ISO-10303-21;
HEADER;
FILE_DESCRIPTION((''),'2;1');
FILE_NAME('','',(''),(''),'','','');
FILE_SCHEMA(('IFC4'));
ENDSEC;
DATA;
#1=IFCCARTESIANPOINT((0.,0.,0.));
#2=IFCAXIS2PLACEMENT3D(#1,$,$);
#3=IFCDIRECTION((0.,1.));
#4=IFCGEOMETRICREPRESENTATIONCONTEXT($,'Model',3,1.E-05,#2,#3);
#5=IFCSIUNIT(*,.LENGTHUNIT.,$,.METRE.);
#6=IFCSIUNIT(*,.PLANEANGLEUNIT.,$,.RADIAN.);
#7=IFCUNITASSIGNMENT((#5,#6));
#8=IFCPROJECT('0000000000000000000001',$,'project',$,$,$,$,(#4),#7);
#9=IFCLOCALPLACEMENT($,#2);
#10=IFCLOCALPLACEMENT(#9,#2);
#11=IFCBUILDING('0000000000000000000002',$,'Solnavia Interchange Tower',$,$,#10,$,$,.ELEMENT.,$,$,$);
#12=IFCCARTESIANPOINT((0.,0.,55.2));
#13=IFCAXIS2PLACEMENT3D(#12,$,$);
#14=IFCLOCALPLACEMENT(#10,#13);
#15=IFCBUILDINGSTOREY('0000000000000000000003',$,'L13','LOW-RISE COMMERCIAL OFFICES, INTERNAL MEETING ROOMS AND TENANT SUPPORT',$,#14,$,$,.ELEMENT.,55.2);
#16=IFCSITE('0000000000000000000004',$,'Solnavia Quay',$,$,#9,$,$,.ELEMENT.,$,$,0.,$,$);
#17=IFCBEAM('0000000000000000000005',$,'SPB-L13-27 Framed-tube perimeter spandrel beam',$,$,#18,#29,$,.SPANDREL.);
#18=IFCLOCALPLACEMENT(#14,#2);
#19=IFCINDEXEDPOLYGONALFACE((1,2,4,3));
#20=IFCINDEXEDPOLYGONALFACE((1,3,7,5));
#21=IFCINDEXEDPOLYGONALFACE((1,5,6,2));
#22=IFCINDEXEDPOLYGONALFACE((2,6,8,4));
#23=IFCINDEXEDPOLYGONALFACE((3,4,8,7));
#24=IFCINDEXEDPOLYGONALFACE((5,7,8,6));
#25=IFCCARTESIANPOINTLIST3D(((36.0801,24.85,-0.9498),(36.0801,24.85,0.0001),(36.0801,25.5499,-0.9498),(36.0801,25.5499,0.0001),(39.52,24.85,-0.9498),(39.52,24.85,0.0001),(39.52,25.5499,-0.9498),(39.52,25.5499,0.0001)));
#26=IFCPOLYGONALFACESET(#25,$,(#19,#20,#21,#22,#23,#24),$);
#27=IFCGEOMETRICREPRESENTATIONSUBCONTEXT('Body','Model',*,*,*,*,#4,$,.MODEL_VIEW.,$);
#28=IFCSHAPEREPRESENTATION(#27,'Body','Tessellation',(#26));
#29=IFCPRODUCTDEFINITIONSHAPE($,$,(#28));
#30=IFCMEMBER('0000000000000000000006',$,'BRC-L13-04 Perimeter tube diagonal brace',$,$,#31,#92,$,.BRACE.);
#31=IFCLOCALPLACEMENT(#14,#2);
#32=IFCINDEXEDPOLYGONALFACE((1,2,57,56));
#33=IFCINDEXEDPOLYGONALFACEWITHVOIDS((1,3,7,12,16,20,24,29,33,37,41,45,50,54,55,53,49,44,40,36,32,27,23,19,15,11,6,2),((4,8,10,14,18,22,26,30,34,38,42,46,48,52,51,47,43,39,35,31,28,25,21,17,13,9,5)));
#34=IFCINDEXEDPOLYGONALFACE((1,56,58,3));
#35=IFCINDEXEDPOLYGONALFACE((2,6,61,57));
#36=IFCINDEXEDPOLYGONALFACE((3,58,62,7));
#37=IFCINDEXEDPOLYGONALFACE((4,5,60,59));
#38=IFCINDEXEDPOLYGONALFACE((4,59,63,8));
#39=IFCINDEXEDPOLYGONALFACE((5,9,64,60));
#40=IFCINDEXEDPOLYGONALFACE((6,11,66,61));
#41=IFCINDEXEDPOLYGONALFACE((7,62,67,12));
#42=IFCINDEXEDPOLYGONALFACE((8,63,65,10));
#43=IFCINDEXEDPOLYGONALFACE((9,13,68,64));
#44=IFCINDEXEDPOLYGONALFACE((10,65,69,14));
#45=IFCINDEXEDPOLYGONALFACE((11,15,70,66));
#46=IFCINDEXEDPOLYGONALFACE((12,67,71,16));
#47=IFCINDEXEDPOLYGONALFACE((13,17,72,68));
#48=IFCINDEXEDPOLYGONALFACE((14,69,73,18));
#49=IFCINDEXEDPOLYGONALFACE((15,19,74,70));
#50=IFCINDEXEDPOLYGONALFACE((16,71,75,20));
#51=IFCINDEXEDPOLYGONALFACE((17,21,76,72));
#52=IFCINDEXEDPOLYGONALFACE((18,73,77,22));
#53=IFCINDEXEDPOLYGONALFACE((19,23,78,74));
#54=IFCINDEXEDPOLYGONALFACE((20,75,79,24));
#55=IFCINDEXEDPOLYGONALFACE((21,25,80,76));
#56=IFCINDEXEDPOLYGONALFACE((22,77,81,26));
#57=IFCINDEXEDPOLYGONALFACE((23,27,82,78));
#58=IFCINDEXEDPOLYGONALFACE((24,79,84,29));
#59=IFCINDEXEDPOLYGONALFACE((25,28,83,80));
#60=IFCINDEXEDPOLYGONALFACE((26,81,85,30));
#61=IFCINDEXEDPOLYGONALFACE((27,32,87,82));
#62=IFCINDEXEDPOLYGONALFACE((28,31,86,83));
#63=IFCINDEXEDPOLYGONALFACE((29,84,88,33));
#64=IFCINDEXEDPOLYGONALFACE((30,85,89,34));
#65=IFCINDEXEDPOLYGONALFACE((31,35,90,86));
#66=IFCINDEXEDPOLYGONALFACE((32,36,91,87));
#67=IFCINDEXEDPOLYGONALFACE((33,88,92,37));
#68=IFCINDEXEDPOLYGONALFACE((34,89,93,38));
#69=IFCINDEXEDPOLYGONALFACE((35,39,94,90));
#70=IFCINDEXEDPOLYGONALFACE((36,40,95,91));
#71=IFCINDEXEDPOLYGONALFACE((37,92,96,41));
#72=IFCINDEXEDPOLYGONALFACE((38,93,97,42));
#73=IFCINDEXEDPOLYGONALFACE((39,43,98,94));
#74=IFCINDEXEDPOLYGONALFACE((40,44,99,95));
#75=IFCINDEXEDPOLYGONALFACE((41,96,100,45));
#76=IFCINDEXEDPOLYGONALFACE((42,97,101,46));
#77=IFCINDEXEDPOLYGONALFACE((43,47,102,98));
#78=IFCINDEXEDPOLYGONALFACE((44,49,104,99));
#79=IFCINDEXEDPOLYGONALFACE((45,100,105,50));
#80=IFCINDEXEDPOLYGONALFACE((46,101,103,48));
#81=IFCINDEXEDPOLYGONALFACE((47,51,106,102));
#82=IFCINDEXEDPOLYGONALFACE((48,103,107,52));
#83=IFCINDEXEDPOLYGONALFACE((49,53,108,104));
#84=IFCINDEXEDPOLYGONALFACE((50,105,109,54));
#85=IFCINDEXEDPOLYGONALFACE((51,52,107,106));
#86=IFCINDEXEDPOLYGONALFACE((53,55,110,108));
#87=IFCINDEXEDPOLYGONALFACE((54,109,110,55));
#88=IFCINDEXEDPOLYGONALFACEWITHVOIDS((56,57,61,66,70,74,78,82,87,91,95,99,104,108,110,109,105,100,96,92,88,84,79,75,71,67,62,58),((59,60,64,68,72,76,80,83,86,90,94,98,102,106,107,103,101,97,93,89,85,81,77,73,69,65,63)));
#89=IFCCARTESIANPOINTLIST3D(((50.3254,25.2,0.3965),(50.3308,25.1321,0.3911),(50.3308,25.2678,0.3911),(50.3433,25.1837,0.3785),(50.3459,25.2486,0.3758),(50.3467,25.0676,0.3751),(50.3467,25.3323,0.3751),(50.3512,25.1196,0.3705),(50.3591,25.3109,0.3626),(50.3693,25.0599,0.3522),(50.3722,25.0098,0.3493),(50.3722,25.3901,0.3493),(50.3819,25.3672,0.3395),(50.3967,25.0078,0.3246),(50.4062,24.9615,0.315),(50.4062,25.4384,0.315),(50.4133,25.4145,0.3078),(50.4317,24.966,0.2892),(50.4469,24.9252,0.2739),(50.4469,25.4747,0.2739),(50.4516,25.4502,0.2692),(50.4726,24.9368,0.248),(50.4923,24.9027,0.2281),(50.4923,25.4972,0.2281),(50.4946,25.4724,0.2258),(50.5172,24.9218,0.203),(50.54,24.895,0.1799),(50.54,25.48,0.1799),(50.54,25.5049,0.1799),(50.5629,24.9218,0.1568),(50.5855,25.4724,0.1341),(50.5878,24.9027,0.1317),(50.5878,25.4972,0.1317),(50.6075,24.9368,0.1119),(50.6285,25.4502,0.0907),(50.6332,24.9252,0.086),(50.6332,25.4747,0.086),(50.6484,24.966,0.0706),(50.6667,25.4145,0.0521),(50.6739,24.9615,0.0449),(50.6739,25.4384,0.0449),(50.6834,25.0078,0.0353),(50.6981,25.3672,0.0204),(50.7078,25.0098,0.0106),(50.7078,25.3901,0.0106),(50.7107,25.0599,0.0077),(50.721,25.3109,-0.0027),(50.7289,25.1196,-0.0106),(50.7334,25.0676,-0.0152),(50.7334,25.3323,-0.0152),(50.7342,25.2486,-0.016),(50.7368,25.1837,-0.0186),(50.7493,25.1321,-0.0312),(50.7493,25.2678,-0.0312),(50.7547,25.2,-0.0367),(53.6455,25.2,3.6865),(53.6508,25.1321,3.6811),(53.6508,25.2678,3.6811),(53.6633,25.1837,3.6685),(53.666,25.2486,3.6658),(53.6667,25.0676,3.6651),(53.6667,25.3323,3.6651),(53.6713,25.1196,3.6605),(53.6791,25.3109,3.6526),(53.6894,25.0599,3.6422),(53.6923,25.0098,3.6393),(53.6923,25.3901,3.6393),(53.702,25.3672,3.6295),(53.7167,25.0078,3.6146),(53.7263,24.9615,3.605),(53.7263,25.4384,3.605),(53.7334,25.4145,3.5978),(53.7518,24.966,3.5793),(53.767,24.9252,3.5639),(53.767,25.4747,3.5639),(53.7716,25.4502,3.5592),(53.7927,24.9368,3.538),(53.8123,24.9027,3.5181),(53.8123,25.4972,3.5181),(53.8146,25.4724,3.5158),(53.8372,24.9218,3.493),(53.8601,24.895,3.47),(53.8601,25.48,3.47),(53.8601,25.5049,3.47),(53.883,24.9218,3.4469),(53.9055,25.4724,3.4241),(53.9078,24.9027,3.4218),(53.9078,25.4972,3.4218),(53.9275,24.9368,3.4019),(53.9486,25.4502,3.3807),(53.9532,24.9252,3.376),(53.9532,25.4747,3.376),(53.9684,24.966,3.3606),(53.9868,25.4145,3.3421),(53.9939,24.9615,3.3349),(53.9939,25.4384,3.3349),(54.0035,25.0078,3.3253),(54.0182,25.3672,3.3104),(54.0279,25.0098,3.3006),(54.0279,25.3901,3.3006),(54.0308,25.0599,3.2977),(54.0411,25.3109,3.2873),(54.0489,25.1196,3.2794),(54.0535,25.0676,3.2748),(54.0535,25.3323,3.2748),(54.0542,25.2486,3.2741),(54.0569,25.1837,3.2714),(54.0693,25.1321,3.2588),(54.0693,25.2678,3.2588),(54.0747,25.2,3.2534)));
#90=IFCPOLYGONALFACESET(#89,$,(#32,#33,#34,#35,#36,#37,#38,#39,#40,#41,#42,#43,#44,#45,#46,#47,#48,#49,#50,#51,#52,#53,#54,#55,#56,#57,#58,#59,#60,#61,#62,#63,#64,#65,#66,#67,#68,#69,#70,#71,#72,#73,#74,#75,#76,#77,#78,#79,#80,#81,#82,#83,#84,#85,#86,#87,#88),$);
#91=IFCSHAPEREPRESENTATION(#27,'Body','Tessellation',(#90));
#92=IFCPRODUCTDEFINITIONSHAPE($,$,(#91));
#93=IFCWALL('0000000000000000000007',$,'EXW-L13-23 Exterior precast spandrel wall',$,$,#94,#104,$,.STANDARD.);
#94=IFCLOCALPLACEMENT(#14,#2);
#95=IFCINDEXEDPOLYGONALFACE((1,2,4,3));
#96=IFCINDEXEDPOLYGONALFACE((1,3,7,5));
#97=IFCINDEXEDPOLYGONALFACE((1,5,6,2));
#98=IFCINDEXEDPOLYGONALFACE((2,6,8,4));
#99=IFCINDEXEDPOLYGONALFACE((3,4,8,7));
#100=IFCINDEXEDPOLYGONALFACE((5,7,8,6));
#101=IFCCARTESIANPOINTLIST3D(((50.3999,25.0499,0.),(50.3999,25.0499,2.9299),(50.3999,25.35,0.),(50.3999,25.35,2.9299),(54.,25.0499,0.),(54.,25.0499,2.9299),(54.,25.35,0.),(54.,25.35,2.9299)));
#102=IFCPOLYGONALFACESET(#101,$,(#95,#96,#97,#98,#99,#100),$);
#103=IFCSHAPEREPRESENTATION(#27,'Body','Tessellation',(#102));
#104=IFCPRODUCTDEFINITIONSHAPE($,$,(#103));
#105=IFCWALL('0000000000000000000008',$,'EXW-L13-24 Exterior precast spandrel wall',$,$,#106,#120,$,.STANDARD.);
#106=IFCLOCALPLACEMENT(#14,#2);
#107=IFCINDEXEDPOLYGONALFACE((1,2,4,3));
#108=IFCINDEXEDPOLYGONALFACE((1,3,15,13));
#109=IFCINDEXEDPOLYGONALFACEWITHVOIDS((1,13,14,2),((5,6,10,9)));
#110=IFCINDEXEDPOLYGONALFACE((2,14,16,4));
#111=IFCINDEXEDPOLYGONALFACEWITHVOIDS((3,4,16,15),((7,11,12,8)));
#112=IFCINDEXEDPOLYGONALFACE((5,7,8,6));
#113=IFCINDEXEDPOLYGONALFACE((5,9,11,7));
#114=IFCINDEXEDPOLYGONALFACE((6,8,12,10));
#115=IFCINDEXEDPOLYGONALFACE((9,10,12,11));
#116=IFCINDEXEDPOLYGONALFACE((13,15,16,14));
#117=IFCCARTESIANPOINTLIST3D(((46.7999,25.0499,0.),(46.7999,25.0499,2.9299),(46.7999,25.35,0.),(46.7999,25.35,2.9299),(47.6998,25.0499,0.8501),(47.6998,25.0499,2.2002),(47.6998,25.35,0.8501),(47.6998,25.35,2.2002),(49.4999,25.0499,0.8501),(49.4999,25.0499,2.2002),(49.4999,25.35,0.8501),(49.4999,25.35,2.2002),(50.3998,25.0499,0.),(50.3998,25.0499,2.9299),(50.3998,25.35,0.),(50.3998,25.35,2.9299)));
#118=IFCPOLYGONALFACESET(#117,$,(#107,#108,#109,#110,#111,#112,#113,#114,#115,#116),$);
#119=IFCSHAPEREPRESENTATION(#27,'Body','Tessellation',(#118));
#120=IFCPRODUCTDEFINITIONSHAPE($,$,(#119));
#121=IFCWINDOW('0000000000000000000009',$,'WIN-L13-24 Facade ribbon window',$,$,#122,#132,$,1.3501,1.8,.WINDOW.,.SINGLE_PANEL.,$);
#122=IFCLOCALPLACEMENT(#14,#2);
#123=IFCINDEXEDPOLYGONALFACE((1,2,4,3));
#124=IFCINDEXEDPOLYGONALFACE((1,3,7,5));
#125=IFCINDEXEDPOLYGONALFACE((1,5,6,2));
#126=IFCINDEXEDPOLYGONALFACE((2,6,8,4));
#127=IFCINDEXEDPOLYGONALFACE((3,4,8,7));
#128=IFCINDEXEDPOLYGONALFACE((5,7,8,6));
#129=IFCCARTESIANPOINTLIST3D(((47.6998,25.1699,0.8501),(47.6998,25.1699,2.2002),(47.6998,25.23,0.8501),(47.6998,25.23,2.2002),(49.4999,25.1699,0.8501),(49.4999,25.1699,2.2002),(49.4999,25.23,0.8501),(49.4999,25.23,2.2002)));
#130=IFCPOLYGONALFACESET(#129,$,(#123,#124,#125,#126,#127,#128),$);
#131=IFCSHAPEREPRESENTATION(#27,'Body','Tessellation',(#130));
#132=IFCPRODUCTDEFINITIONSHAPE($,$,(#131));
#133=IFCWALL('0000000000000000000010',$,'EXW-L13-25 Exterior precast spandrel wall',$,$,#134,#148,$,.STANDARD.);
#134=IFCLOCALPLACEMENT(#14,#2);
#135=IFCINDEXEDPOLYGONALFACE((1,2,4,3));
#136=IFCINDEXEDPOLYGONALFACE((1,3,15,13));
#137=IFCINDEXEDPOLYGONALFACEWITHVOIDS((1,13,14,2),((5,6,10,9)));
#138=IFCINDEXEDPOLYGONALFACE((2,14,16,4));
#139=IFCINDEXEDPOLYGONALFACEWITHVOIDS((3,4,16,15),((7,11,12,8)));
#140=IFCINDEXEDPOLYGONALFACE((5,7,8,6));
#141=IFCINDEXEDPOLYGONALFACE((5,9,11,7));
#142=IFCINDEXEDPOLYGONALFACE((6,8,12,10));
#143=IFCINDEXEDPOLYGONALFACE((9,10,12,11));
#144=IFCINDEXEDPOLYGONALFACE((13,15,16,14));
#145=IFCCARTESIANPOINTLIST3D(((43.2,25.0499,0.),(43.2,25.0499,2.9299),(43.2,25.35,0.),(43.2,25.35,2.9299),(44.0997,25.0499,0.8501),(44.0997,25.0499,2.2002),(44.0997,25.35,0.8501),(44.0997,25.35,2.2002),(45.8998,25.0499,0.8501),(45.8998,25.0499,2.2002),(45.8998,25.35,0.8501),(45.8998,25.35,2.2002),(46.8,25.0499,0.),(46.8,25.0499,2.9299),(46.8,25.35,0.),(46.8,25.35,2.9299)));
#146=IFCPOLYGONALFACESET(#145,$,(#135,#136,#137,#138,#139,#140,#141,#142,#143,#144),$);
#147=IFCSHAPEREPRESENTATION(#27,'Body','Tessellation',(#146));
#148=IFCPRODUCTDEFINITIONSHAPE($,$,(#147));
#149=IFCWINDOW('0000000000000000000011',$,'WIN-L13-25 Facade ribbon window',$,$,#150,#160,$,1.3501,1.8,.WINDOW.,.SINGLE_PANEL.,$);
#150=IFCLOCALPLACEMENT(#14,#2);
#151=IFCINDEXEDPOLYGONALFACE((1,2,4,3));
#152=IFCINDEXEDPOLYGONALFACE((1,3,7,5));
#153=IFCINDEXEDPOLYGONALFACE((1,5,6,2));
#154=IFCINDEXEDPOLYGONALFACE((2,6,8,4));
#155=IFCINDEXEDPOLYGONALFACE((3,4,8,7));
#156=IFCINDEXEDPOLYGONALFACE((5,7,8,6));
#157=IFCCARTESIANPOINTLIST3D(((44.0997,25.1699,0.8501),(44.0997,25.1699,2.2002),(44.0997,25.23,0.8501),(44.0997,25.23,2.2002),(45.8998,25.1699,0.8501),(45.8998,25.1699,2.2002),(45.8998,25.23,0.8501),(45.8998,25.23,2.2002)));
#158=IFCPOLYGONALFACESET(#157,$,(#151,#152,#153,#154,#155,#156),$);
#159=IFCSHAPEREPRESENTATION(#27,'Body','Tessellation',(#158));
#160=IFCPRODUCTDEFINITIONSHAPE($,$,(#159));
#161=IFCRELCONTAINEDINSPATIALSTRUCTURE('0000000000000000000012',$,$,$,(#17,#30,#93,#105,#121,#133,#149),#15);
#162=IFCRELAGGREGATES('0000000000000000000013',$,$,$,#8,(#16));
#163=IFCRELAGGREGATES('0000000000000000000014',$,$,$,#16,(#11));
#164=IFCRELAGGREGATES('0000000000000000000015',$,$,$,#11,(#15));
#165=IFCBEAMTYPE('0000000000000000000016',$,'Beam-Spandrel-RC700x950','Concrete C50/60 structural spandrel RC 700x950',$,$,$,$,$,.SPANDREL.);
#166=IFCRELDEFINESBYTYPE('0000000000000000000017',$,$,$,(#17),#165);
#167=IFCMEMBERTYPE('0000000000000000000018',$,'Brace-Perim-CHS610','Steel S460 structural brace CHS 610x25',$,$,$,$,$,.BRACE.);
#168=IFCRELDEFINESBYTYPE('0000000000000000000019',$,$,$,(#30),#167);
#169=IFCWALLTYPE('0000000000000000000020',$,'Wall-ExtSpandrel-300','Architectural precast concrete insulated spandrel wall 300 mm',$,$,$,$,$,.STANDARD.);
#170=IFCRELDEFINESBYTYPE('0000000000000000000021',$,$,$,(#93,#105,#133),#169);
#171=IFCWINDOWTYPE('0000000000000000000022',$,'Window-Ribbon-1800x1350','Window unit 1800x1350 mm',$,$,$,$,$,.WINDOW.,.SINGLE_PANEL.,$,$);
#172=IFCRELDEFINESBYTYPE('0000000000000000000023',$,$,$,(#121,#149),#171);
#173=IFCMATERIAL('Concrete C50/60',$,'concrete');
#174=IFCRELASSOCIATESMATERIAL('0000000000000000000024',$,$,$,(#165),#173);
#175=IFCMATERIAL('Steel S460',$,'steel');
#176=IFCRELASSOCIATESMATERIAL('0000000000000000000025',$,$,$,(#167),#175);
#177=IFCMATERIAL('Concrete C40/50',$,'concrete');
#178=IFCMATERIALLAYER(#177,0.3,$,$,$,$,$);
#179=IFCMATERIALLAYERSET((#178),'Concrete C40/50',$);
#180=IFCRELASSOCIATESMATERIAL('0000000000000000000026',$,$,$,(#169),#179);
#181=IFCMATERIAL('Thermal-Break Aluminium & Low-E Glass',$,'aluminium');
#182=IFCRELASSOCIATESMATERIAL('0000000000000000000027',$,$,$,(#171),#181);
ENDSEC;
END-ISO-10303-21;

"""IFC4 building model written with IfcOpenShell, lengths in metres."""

from ifc_helpers import new_model, si_unit, direction, frame, frame_2d, origin, origin_2d, place, context, subcontext, project, spatial, rectangle, hollow_circle, extrude, material, layer, layer_set, material_profile, profile_set, type_object, element, fill, save


model = new_model("IFC4")

# Units and contexts
model_context = context("Model", 3, precision=1e-05, world=origin(), true_north=direction((0.0, 1.0)))
body_context = subcontext(model_context, "Body", "Model", "MODEL_VIEW")
ifc_project = project(units=[si_unit("LENGTHUNIT", "METRE"), si_unit("PLANEANGLEUNIT", "RADIAN")], contexts=[model_context])

# Site, building, storey
site_placement = place(None, origin())
site = spatial("IfcSite", under=ifc_project, at=site_placement, Name="Solnavia Quay", CompositionType="ELEMENT", RefElevation=0.0)
building_placement = place(site_placement, origin())
building = spatial("IfcBuilding", under=site, at=building_placement, Name="Solnavia Interchange Tower", CompositionType="ELEMENT")
storey_placement = place(building_placement, frame((0.0, 0.0, 55.2)))
storey = spatial("IfcBuildingStorey", under=building, at=storey_placement, Name="L13", Description="LOW-RISE COMMERCIAL OFFICES, INTERNAL MEETING ROOMS AND TENANT SUPPORT", CompositionType="ELEMENT", Elevation=55.2)

# Beam
ifc_material_1 = material(Name="Concrete C50/60", Category="concrete")
ifc_material_profile_1 = material_profile(ifc_material_1, rectangle(XDim=0.7, YDim=0.95, at=origin_2d()), Name="RC 700x950")
ifc_profile_set_1 = profile_set([ifc_material_profile_1], Name="Concrete C50/60")
beam_type_1 = type_object("IfcBeamType", Name="Beam-Spandrel-RC700x950", Description="Concrete C50/60 structural spandrel RC 700x950", PredefinedType="SPANDREL", material=ifc_profile_set_1)
beam_1_placement = place(storey_placement, frame((39.52, 25.2, -0.4749), z_axis=(-1.0, 0.0, 0.0), x_axis=(0.0, -1.0, 0.0)))
element("IfcBeam", 1, at=beam_1_placement, inside=storey, type_object=beam_type_1, Name="SPB-L13-27 Framed-tube perimeter spandrel beam", PredefinedType="SPANDREL", context=body_context, shape_type="SweptSolid", body=[
    extrude(rectangle(XDim=0.7, YDim=0.95, at=origin_2d()), origin(), (0.0, 0.0, 1.0), 3.4399),
])

# Member
ifc_material_2 = material(Name="Steel S460", Category="steel")
ifc_material_profile_2 = material_profile(ifc_material_2, hollow_circle(Radius=0.3049, WallThickness=0.0249, at=origin_2d()), Name="CHS 610x25")
ifc_profile_set_2 = profile_set([ifc_material_profile_2], Name="Steel S460")
member_type = type_object("IfcMemberType", Name="Brace-Perim-CHS610", Description="Steel S460 structural brace CHS 610x25", PredefinedType="BRACE", material=ifc_profile_set_2)
member_placement = place(storey_placement, frame((50.54, 25.2, 0.1799), z_axis=(0.710312, 0.0, 0.703887), x_axis=(0.0, 1.0, 0.0)))
element("IfcMember", 2, at=member_placement, inside=storey, type_object=member_type, Name="BRC-L13-04 Perimeter tube diagonal brace", PredefinedType="BRACE", context=body_context, shape_type="SweptSolid", body=[
    extrude(hollow_circle(Radius=0.3049, WallThickness=0.0249, at=origin_2d()), origin(), (0.0, 0.0, 1.0), 4.6741),
])

# Wall
ifc_material_3 = material(Name="Concrete C40/50", Category="concrete")
ifc_layer_1 = layer(ifc_material_3, 0.3)
ifc_layer_set_1 = layer_set([ifc_layer_1], Name="Concrete C40/50")
wall_type_1 = type_object("IfcWallType", Name="Wall-ExtSpandrel-300", Description="Architectural precast concrete insulated spandrel wall 300 mm", PredefinedType="STANDARD", material=ifc_layer_set_1)
wall_1_placement = place(storey_placement, frame((50.3999, 25.2, 0.0), z_axis=(0.0, 0.0, 1.0), x_axis=(1.0, 0.0, 0.0)))
element("IfcWall", 3, at=wall_1_placement, inside=storey, type_object=wall_type_1, Name="EXW-L13-23 Exterior precast spandrel wall", PredefinedType="STANDARD", context=body_context, shape_type="SweptSolid", body=[
    extrude(rectangle(XDim=3.6001, YDim=0.3, at=frame_2d((1.8, 0.0))), origin(), (0.0, 0.0, 1.0), 2.9299),
])

# Walls, openings, windows
wall_2_placement = place(storey_placement, frame((46.8, 25.2, 0.0), z_axis=(0.0, 0.0, 1.0), x_axis=(1.0, 0.0, 0.0)))
wall_2 = element("IfcWall", 4, at=wall_2_placement, inside=storey, type_object=wall_type_1, Name="EXW-L13-24 Exterior precast spandrel wall", PredefinedType="STANDARD", context=body_context, shape_type="SweptSolid", body=[
    extrude(rectangle(XDim=3.5999, YDim=0.3, at=frame_2d((1.7998, 0.0))), origin(), (0.0, 0.0, 1.0), 2.9299),
])
opening_1_placement = place(wall_2_placement, frame((0.8999, 0.0, 0.8501)))
opening_1 = element("IfcOpeningElement", 5, at=opening_1_placement, cuts=wall_2, PredefinedType="OPENING", context=body_context, shape_type="SweptSolid", body=[
    extrude(rectangle(XDim=1.8, YDim=1.3501, at=frame_2d((0.8999, 0.675))), frame((0.0, 0.1602, 0.0), z_axis=(0.0, -1.0, 0.0), x_axis=(1.0, 0.0, 0.0)), (0.0, 0.0, 1.0), 0.3201),
])
ifc_material_4 = material(Name="Thermal-Break Aluminium & Low-E Glass", Category="aluminium")
window_type = type_object("IfcWindowType", Name="Window-Ribbon-1800x1350", Description="Window unit 1800x1350 mm", PartitioningType="SINGLE_PANEL", PredefinedType="WINDOW", material=ifc_material_4)
window_1_placement = place(opening_1_placement, origin())
window_1 = element("IfcWindow", 6, at=window_1_placement, inside=storey, type_object=window_type, Name="WIN-L13-24 Facade ribbon window", OverallHeight=1.3501, OverallWidth=1.8, PartitioningType="SINGLE_PANEL", PredefinedType="WINDOW", context=body_context, shape_type="SweptSolid", body=[
    extrude(rectangle(XDim=1.8, YDim=1.3501, at=frame_2d((0.8999, 0.675))), frame((0.0, 0.03, 0.0), z_axis=(0.0, -1.0, 0.0), x_axis=(1.0, 0.0, 0.0)), (0.0, 0.0, 1.0), 0.0601),
])
fill(opening_1, window_1)
wall_3_placement = place(storey_placement, frame((43.2, 25.2, 0.0), z_axis=(0.0, 0.0, 1.0), x_axis=(1.0, 0.0, 0.0)))
wall_3 = element("IfcWall", 7, at=wall_3_placement, inside=storey, type_object=wall_type_1, Name="EXW-L13-25 Exterior precast spandrel wall", PredefinedType="STANDARD", context=body_context, shape_type="SweptSolid", body=[
    extrude(rectangle(XDim=3.6001, YDim=0.3, at=frame_2d((1.8, 0.0))), origin(), (0.0, 0.0, 1.0), 2.9299),
])
opening_2_placement = place(wall_3_placement, frame((0.8999, 0.0, 0.8501)))
opening_2 = element("IfcOpeningElement", 8, at=opening_2_placement, cuts=wall_3, PredefinedType="OPENING", context=body_context, shape_type="SweptSolid", body=[
    extrude(rectangle(XDim=1.8, YDim=1.3501, at=frame_2d((0.8999, 0.675))), frame((0.0, 0.1602, 0.0), z_axis=(0.0, -1.0, 0.0), x_axis=(1.0, 0.0, 0.0)), (0.0, 0.0, 1.0), 0.3201),
])
window_2_placement = place(opening_2_placement, origin())
window_2 = element("IfcWindow", 9, at=window_2_placement, inside=storey, type_object=window_type, Name="WIN-L13-25 Facade ribbon window", OverallHeight=1.3501, OverallWidth=1.8, PartitioningType="SINGLE_PANEL", PredefinedType="WINDOW", context=body_context, shape_type="SweptSolid", body=[
    extrude(rectangle(XDim=1.8, YDim=1.3501, at=frame_2d((0.8999, 0.675))), frame((0.0, 0.03, 0.0), z_axis=(0.0, -1.0, 0.0), x_axis=(1.0, 0.0, 0.0)), (0.0, 0.0, 1.0), 0.0601),
])
fill(opening_2, window_2)

save(model, "model.ifc")
